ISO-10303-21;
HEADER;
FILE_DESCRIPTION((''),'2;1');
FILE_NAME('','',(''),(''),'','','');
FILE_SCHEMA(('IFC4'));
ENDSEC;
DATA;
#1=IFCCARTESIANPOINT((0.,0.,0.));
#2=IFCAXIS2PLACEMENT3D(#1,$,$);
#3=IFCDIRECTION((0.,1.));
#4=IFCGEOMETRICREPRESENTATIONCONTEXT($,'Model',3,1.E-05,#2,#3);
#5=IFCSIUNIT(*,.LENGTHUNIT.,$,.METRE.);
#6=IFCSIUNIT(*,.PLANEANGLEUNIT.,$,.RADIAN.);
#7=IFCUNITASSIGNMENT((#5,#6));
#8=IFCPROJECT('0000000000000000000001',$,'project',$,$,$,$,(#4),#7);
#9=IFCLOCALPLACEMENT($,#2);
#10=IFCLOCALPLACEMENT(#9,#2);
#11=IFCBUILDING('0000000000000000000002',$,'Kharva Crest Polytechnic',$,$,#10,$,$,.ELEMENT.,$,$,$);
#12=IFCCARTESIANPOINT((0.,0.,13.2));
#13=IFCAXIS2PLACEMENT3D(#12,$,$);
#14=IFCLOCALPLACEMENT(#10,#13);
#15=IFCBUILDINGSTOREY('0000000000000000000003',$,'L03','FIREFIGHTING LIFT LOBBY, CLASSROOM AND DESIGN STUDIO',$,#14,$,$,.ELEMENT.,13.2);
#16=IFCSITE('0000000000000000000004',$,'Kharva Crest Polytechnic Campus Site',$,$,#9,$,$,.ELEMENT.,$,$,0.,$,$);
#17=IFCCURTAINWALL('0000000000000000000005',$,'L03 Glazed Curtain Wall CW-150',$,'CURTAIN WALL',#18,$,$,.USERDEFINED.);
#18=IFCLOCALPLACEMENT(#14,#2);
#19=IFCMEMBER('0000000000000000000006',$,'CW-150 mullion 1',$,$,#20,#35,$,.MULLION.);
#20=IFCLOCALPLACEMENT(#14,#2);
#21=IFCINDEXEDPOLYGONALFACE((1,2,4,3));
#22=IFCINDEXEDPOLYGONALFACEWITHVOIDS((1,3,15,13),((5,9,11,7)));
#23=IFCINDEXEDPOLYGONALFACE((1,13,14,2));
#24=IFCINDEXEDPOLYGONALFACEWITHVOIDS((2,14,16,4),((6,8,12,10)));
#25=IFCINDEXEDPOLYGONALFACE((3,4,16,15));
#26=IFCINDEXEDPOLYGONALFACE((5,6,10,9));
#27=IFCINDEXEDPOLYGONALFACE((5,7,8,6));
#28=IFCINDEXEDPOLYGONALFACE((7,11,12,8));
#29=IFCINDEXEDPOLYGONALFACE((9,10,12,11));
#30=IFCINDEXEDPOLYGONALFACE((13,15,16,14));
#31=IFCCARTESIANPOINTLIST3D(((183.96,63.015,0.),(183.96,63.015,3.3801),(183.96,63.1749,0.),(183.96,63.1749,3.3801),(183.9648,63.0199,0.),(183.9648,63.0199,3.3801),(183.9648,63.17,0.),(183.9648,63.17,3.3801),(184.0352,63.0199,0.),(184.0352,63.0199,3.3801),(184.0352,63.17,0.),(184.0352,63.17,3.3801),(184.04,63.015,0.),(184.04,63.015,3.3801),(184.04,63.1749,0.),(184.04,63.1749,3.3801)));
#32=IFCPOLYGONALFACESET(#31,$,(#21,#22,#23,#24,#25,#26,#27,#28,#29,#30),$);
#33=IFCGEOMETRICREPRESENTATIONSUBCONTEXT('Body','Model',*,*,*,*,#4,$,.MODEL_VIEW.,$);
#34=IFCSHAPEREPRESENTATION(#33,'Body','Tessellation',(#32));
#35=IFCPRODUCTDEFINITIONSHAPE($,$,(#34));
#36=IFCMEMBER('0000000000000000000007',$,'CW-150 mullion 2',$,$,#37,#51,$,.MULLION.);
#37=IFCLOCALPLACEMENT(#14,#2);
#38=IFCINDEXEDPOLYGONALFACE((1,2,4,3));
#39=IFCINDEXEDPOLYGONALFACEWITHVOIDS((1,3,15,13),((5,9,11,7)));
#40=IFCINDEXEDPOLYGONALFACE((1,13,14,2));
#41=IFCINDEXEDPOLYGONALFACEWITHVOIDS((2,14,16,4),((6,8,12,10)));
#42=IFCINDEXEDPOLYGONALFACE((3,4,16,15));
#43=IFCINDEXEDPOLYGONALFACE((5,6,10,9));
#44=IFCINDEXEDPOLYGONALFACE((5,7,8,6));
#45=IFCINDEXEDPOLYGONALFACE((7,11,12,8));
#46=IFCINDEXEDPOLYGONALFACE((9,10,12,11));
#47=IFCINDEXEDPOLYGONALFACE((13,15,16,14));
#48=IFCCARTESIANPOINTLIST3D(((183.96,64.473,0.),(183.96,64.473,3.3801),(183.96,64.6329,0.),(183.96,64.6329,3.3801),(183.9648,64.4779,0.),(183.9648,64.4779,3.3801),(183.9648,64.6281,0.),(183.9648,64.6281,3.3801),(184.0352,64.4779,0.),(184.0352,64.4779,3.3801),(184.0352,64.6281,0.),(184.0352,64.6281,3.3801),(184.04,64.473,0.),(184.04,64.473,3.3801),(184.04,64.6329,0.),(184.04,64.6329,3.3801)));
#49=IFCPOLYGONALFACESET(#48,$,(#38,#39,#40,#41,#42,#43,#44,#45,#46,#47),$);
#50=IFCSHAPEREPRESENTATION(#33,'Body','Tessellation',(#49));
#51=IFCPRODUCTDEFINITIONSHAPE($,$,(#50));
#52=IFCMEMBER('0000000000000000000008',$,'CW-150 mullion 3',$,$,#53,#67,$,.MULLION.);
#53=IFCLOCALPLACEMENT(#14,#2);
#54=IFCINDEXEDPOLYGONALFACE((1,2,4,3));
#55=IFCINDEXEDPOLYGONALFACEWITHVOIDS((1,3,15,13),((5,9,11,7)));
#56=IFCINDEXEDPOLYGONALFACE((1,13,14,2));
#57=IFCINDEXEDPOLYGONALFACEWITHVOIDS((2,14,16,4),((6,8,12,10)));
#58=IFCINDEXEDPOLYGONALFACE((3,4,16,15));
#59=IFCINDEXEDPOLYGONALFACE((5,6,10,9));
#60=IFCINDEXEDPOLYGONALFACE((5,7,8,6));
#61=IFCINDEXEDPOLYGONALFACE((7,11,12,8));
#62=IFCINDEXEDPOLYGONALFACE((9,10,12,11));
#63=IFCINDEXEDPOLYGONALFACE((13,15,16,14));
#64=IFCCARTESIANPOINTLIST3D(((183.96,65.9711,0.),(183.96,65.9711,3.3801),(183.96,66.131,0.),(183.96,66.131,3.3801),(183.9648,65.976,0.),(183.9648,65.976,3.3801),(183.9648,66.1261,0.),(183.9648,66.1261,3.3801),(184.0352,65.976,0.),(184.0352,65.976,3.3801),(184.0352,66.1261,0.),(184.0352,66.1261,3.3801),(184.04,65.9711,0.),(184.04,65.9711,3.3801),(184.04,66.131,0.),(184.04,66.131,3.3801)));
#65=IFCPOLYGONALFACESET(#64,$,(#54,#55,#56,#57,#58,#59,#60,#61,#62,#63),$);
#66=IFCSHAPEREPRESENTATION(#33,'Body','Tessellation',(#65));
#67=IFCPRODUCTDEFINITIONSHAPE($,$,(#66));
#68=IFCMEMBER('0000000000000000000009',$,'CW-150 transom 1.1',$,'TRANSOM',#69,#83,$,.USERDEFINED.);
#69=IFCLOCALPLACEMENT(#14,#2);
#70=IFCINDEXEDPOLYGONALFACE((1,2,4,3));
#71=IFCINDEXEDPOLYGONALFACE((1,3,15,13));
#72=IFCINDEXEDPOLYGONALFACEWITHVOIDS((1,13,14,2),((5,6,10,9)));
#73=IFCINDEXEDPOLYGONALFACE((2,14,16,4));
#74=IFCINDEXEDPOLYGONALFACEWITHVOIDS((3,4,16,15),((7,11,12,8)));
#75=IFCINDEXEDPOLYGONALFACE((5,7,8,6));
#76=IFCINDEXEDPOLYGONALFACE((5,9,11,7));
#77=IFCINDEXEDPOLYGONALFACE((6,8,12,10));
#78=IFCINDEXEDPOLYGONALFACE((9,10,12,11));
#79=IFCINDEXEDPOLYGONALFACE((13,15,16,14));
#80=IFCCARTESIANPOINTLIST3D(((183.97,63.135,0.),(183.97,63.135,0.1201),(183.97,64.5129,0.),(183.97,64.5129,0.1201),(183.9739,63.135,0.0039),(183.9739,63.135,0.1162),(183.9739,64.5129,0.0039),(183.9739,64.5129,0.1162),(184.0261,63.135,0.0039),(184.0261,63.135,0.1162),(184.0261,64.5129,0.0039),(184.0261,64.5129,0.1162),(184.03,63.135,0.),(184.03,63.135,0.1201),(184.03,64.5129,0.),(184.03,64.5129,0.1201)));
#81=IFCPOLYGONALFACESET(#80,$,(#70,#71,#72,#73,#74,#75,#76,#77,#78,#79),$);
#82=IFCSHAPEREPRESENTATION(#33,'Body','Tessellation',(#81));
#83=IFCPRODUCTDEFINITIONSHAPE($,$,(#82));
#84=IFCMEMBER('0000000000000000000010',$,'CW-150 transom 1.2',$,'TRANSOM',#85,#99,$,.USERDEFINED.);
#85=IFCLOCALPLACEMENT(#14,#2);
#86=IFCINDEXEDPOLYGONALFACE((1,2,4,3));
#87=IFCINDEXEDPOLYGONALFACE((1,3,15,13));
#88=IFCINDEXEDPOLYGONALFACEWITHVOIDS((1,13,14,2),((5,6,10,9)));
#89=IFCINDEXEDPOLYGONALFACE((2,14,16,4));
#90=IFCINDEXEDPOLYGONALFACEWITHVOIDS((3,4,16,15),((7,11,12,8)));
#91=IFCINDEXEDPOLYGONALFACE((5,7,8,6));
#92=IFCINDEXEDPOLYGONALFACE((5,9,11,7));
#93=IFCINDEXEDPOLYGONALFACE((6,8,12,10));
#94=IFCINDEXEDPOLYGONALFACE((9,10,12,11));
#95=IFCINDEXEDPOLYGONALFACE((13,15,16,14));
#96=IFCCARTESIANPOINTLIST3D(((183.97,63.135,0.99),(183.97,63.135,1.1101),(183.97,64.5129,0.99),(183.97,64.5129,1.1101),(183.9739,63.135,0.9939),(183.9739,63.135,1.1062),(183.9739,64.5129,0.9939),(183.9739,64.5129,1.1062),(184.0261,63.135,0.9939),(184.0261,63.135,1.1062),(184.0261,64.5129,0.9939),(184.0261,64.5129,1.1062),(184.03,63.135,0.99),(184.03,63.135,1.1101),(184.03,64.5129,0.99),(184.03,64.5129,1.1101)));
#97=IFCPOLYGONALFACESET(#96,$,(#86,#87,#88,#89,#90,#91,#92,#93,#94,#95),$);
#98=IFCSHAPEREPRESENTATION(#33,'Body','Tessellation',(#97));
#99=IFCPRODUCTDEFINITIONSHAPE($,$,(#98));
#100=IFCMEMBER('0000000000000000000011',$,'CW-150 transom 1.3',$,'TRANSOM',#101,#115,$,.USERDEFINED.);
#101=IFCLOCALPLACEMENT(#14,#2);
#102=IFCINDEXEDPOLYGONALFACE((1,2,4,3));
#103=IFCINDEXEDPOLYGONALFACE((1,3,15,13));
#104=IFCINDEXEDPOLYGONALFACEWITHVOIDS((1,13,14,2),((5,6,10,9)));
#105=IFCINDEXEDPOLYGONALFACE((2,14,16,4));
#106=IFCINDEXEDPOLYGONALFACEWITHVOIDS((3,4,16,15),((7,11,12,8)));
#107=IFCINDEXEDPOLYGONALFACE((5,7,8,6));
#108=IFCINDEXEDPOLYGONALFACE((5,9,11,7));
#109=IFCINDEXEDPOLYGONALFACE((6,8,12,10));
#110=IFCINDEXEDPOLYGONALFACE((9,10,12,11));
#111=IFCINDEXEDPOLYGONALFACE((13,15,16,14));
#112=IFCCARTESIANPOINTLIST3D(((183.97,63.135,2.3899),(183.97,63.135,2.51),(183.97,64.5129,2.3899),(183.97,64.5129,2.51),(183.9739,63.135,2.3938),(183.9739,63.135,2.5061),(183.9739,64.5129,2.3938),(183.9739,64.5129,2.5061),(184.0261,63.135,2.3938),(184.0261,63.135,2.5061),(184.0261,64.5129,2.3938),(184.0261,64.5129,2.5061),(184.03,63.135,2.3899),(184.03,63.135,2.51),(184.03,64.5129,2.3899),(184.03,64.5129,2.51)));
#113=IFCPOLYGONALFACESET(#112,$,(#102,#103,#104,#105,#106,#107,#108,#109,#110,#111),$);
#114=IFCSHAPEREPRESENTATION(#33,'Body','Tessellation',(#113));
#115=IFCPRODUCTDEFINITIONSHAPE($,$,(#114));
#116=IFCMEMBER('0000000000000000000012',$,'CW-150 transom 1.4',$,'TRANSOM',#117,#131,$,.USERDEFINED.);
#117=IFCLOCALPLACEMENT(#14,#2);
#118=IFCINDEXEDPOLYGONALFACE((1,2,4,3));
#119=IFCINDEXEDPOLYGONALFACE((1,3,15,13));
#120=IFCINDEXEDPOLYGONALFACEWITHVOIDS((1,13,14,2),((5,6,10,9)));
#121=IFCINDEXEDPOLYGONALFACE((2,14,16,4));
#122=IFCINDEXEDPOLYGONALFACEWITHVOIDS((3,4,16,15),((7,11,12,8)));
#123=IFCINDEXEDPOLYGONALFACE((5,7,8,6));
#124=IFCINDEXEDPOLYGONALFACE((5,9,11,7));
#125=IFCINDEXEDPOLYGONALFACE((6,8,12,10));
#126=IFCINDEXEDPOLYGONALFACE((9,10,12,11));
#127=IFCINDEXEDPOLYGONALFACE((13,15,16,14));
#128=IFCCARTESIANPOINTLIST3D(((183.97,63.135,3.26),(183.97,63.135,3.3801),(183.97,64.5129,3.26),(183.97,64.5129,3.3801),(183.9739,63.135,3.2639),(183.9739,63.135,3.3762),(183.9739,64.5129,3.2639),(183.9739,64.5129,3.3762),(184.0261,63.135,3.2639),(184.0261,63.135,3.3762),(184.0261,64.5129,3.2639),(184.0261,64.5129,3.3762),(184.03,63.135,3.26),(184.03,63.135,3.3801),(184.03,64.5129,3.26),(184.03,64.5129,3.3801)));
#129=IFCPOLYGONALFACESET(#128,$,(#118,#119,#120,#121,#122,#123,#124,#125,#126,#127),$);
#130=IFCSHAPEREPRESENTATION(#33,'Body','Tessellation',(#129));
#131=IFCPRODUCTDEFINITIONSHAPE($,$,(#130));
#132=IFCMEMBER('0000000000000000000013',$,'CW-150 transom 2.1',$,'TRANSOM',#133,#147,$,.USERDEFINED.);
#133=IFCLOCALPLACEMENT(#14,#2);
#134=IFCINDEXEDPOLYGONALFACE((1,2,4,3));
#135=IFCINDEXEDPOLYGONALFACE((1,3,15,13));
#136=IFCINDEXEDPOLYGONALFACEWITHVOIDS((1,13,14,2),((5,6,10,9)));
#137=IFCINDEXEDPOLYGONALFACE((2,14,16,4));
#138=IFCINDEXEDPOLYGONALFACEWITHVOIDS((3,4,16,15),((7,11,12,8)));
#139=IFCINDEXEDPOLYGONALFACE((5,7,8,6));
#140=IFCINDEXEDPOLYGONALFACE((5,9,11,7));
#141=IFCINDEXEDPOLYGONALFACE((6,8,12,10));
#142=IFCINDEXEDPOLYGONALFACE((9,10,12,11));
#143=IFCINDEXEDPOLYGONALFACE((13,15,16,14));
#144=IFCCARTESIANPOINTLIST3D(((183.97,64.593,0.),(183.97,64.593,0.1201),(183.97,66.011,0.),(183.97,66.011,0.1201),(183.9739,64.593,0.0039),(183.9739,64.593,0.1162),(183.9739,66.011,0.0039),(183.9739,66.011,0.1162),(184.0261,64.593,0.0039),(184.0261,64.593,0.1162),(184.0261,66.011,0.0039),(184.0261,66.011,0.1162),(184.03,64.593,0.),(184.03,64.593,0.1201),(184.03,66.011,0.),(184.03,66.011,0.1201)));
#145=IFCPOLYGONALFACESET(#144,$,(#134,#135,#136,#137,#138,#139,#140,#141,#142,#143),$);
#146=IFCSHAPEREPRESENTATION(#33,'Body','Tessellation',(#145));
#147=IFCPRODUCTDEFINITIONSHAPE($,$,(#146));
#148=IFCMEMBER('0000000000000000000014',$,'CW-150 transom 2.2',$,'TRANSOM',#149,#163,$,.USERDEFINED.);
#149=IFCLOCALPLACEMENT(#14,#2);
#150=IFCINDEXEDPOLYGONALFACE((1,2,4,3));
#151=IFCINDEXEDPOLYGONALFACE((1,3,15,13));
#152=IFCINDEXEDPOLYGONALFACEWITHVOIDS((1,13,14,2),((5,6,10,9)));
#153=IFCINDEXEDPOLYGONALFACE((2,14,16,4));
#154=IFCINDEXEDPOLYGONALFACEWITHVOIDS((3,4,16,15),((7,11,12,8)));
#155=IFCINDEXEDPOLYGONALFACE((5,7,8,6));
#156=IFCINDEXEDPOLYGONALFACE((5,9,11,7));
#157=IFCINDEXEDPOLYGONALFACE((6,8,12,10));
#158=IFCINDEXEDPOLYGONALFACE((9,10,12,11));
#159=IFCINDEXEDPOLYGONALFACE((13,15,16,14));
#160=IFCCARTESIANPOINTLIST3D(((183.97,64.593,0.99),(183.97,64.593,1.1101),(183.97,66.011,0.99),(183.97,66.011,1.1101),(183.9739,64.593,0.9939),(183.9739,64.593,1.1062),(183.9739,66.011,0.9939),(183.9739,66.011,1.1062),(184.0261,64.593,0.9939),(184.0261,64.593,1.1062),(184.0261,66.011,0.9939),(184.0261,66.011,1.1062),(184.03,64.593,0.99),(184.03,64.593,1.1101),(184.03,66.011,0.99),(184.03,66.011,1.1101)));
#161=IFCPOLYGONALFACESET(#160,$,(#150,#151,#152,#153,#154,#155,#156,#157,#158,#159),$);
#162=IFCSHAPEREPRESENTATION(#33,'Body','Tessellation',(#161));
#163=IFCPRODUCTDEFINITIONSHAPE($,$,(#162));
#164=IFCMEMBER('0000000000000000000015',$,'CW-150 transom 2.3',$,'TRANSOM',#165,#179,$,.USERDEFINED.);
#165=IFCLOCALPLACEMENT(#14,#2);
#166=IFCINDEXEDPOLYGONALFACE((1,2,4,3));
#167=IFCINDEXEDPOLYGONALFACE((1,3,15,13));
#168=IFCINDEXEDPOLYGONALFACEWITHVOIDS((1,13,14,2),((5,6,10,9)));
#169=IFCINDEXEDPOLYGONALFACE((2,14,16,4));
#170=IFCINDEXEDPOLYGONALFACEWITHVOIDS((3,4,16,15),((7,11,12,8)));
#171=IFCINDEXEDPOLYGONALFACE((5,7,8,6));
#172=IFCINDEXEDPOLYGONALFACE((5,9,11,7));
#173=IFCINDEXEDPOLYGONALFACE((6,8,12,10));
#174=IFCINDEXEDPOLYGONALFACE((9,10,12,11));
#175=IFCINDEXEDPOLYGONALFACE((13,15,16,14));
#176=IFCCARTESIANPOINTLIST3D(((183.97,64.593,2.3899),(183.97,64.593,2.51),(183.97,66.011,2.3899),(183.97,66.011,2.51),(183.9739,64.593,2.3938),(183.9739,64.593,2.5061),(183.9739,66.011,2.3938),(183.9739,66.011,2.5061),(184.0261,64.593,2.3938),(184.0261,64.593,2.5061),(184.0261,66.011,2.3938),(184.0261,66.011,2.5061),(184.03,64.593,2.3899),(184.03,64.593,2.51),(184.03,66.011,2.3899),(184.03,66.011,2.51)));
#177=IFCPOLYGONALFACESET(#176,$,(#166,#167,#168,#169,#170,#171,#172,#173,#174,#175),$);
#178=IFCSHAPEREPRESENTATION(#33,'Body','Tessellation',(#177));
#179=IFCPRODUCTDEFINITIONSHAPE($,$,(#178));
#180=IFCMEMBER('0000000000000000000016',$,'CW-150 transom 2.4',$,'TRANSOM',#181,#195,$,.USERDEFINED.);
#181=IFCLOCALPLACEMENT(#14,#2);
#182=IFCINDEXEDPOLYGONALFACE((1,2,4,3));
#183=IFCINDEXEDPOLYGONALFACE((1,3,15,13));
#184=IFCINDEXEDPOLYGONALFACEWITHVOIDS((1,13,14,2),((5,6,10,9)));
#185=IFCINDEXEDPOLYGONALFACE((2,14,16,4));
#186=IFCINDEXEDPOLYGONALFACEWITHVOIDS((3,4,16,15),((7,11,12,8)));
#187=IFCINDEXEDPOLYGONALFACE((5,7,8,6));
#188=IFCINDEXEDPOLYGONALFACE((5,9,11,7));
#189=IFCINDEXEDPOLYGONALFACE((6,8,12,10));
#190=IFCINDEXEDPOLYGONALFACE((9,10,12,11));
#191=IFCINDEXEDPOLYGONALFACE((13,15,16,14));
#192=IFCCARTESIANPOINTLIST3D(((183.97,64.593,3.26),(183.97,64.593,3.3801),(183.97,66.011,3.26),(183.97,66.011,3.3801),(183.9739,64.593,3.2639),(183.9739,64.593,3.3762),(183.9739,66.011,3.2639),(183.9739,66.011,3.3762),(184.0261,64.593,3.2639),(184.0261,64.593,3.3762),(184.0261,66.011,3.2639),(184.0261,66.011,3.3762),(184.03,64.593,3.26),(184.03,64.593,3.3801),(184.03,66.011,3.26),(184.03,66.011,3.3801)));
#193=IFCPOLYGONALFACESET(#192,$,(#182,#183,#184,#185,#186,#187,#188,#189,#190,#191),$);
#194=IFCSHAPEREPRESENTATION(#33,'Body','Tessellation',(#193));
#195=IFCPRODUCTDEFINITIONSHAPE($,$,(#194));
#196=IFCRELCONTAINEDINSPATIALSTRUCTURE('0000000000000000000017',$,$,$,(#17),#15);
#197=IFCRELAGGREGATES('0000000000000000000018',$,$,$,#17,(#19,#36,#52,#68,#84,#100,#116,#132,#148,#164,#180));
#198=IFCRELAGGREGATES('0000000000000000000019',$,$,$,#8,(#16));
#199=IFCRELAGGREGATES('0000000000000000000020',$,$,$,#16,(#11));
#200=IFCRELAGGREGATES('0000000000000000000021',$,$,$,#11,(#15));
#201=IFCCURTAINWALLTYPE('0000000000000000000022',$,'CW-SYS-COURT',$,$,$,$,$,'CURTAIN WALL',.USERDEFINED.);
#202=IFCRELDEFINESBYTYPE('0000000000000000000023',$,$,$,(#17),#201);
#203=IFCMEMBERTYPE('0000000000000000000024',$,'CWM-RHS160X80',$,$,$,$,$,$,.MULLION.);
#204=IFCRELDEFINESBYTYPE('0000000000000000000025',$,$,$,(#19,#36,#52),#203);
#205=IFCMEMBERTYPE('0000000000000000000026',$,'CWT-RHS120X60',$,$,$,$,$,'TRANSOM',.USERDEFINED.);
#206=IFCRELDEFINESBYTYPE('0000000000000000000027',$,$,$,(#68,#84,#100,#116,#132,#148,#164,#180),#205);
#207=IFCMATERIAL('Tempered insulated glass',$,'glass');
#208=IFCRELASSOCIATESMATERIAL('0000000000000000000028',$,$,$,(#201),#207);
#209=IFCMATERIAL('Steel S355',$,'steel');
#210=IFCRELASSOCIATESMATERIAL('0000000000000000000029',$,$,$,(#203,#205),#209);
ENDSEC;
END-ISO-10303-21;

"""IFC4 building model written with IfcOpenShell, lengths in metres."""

from ifc_helpers import new_model, si_unit, direction, frame, origin, origin_2d, place, context, subcontext, project, spatial, hollow_rectangle, extrude, material, material_profile, profile_set, type_object, element, aggregate, save


model = new_model("IFC4")

# Units and contexts
model_context = context("Model", 3, precision=1e-05, world=origin(), true_north=direction((0.0, 1.0)))
body_context = subcontext(model_context, "Body", "Model", "MODEL_VIEW")
ifc_project = project(units=[si_unit("LENGTHUNIT", "METRE"), si_unit("PLANEANGLEUNIT", "RADIAN")], contexts=[model_context])

# Site, building, storey
site_placement = place(None, origin())
site = spatial("IfcSite", under=ifc_project, at=site_placement, Name="Kharva Crest Polytechnic Campus Site", CompositionType="ELEMENT", RefElevation=0.0)
building_placement = place(site_placement, origin())
building = spatial("IfcBuilding", under=site, at=building_placement, Name="Kharva Crest Polytechnic", CompositionType="ELEMENT")
storey_placement = place(building_placement, frame((0.0, 0.0, 13.2)))
storey = spatial("IfcBuildingStorey", under=building, at=storey_placement, Name="L03", Description="FIREFIGHTING LIFT LOBBY, CLASSROOM AND DESIGN STUDIO", CompositionType="ELEMENT", Elevation=13.2)

# Curtain wall, members
ifc_material_1 = material(Name="Tempered insulated glass", Category="glass")
curtain_wall_type = type_object("IfcCurtainWallType", Name="CW-SYS-COURT", ElementType="CURTAIN WALL", PredefinedType="USERDEFINED", material=ifc_material_1)
curtain_wall_placement = place(storey_placement, origin())
curtain_wall = element("IfcCurtainWall", 1, at=curtain_wall_placement, inside=storey, type_object=curtain_wall_type, Name="L03 Glazed Curtain Wall CW-150", ObjectType="CURTAIN WALL", PredefinedType="USERDEFINED")
ifc_material_2 = material(Name="Steel S355", Category="steel")
ifc_material_profile_1 = material_profile(ifc_material_2, hollow_rectangle(XDim=0.0801, YDim=0.1599, WallThickness=0.0049, at=origin_2d()), Name="RHS 160X80X5.0")
ifc_profile_set_1 = profile_set([ifc_material_profile_1], Name="Steel S355")
member_type_1 = type_object("IfcMemberType", Name="CWM-RHS160X80", PredefinedType="MULLION", material=ifc_profile_set_1)
member_1_placement = place(storey_placement, frame((184.0, 63.095, 0.0), z_axis=(0.0, 0.0, 1.0), x_axis=(-1.0, 0.0, 0.0)))
member_1 = element("IfcMember", 2, at=member_1_placement, type_object=member_type_1, Name="CW-150 mullion 1", PredefinedType="MULLION", context=body_context, shape_type="SweptSolid", body=[
    extrude(hollow_rectangle(XDim=0.0801, YDim=0.1599, WallThickness=0.0049, at=origin_2d()), origin(), (0.0, 0.0, 1.0), 3.3801),
])
member_2_placement = place(storey_placement, frame((184.0, 64.553, 0.0), z_axis=(0.0, 0.0, 1.0), x_axis=(-1.0, 0.0, 0.0)))
member_2 = element("IfcMember", 3, at=member_2_placement, type_object=member_type_1, Name="CW-150 mullion 2", PredefinedType="MULLION", context=body_context, shape_type="SweptSolid", body=[
    extrude(hollow_rectangle(XDim=0.0801, YDim=0.1599, WallThickness=0.0049, at=origin_2d()), origin(), (0.0, 0.0, 1.0), 3.3801),
])
member_3_placement = place(storey_placement, frame((184.0, 66.051, 0.0), z_axis=(0.0, 0.0, 1.0), x_axis=(-1.0, 0.0, 0.0)))
member_3 = element("IfcMember", 4, at=member_3_placement, type_object=member_type_1, Name="CW-150 mullion 3", PredefinedType="MULLION", context=body_context, shape_type="SweptSolid", body=[
    extrude(hollow_rectangle(XDim=0.0801, YDim=0.1599, WallThickness=0.0049, at=origin_2d()), origin(), (0.0, 0.0, 1.0), 3.3801),
])
ifc_material_profile_2 = material_profile(ifc_material_2, hollow_rectangle(XDim=0.0601, YDim=0.1201, WallThickness=0.0039, at=origin_2d()), Name="RHS 120X60X4.0")
ifc_profile_set_2 = profile_set([ifc_material_profile_2], Name="Steel S355")
member_type_2 = type_object("IfcMemberType", Name="CWT-RHS120X60", ElementType="TRANSOM", PredefinedType="USERDEFINED", material=ifc_profile_set_2)
member_4_placement = place(storey_placement, frame((184.0, 63.135, 0.0601), z_axis=(0.0, 1.0, 0.0), x_axis=(-1.0, 0.0, 0.0)))
member_4 = element("IfcMember", 5, at=member_4_placement, type_object=member_type_2, Name="CW-150 transom 1.1", ObjectType="TRANSOM", PredefinedType="USERDEFINED", context=body_context, shape_type="SweptSolid", body=[
    extrude(hollow_rectangle(XDim=0.0601, YDim=0.1201, WallThickness=0.0039, at=origin_2d()), origin(), (0.0, 0.0, 1.0), 1.3779),
])
member_5_placement = place(storey_placement, frame((184.0, 63.135, 1.05), z_axis=(0.0, 1.0, 0.0), x_axis=(-1.0, 0.0, 0.0)))
member_5 = element("IfcMember", 6, at=member_5_placement, type_object=member_type_2, Name="CW-150 transom 1.2", ObjectType="TRANSOM", PredefinedType="USERDEFINED", context=body_context, shape_type="SweptSolid", body=[
    extrude(hollow_rectangle(XDim=0.0601, YDim=0.1201, WallThickness=0.0039, at=origin_2d()), origin(), (0.0, 0.0, 1.0), 1.3779),
])
member_6_placement = place(storey_placement, frame((184.0, 63.135, 2.45), z_axis=(0.0, 1.0, 0.0), x_axis=(-1.0, 0.0, 0.0)))
member_6 = element("IfcMember", 7, at=member_6_placement, type_object=member_type_2, Name="CW-150 transom 1.3", ObjectType="TRANSOM", PredefinedType="USERDEFINED", context=body_context, shape_type="SweptSolid", body=[
    extrude(hollow_rectangle(XDim=0.0601, YDim=0.1201, WallThickness=0.0039, at=origin_2d()), origin(), (0.0, 0.0, 1.0), 1.3779),
])
member_7_placement = place(storey_placement, frame((184.0, 63.135, 3.3201), z_axis=(0.0, 1.0, 0.0), x_axis=(-1.0, 0.0, 0.0)))
member_7 = element("IfcMember", 8, at=member_7_placement, type_object=member_type_2, Name="CW-150 transom 1.4", ObjectType="TRANSOM", PredefinedType="USERDEFINED", context=body_context, shape_type="SweptSolid", body=[
    extrude(hollow_rectangle(XDim=0.0601, YDim=0.1201, WallThickness=0.0039, at=origin_2d()), origin(), (0.0, 0.0, 1.0), 1.3779),
])
member_8_placement = place(storey_placement, frame((184.0, 64.593, 0.0601), z_axis=(0.0, 1.0, 0.0), x_axis=(-1.0, 0.0, 0.0)))
member_8 = element("IfcMember", 9, at=member_8_placement, type_object=member_type_2, Name="CW-150 transom 2.1", ObjectType="TRANSOM", PredefinedType="USERDEFINED", context=body_context, shape_type="SweptSolid", body=[
    extrude(hollow_rectangle(XDim=0.0601, YDim=0.1201, WallThickness=0.0039, at=origin_2d()), origin(), (0.0, 0.0, 1.0), 1.418),
])
member_9_placement = place(storey_placement, frame((184.0, 64.593, 1.05), z_axis=(0.0, 1.0, 0.0), x_axis=(-1.0, 0.0, 0.0)))
member_9 = element("IfcMember", 10, at=member_9_placement, type_object=member_type_2, Name="CW-150 transom 2.2", ObjectType="TRANSOM", PredefinedType="USERDEFINED", context=body_context, shape_type="SweptSolid", body=[
    extrude(hollow_rectangle(XDim=0.0601, YDim=0.1201, WallThickness=0.0039, at=origin_2d()), origin(), (0.0, 0.0, 1.0), 1.418),
])
member_10_placement = place(storey_placement, frame((184.0, 64.593, 2.45), z_axis=(0.0, 1.0, 0.0), x_axis=(-1.0, 0.0, 0.0)))
member_10 = element("IfcMember", 11, at=member_10_placement, type_object=member_type_2, Name="CW-150 transom 2.3", ObjectType="TRANSOM", PredefinedType="USERDEFINED", context=body_context, shape_type="SweptSolid", body=[
    extrude(hollow_rectangle(XDim=0.0601, YDim=0.1201, WallThickness=0.0039, at=origin_2d()), origin(), (0.0, 0.0, 1.0), 1.418),
])
member_11_placement = place(storey_placement, frame((184.0, 64.593, 3.3201), z_axis=(0.0, 1.0, 0.0), x_axis=(-1.0, 0.0, 0.0)))
member_11 = element("IfcMember", 12, at=member_11_placement, type_object=member_type_2, Name="CW-150 transom 2.4", ObjectType="TRANSOM", PredefinedType="USERDEFINED", context=body_context, shape_type="SweptSolid", body=[
    extrude(hollow_rectangle(XDim=0.0601, YDim=0.1201, WallThickness=0.0039, at=origin_2d()), origin(), (0.0, 0.0, 1.0), 1.418),
])

aggregate(curtain_wall, [member_1, member_2, member_3, member_4, member_5, member_6, member_7, member_8, member_9, member_10, member_11])

save(model, "model.ifc")
